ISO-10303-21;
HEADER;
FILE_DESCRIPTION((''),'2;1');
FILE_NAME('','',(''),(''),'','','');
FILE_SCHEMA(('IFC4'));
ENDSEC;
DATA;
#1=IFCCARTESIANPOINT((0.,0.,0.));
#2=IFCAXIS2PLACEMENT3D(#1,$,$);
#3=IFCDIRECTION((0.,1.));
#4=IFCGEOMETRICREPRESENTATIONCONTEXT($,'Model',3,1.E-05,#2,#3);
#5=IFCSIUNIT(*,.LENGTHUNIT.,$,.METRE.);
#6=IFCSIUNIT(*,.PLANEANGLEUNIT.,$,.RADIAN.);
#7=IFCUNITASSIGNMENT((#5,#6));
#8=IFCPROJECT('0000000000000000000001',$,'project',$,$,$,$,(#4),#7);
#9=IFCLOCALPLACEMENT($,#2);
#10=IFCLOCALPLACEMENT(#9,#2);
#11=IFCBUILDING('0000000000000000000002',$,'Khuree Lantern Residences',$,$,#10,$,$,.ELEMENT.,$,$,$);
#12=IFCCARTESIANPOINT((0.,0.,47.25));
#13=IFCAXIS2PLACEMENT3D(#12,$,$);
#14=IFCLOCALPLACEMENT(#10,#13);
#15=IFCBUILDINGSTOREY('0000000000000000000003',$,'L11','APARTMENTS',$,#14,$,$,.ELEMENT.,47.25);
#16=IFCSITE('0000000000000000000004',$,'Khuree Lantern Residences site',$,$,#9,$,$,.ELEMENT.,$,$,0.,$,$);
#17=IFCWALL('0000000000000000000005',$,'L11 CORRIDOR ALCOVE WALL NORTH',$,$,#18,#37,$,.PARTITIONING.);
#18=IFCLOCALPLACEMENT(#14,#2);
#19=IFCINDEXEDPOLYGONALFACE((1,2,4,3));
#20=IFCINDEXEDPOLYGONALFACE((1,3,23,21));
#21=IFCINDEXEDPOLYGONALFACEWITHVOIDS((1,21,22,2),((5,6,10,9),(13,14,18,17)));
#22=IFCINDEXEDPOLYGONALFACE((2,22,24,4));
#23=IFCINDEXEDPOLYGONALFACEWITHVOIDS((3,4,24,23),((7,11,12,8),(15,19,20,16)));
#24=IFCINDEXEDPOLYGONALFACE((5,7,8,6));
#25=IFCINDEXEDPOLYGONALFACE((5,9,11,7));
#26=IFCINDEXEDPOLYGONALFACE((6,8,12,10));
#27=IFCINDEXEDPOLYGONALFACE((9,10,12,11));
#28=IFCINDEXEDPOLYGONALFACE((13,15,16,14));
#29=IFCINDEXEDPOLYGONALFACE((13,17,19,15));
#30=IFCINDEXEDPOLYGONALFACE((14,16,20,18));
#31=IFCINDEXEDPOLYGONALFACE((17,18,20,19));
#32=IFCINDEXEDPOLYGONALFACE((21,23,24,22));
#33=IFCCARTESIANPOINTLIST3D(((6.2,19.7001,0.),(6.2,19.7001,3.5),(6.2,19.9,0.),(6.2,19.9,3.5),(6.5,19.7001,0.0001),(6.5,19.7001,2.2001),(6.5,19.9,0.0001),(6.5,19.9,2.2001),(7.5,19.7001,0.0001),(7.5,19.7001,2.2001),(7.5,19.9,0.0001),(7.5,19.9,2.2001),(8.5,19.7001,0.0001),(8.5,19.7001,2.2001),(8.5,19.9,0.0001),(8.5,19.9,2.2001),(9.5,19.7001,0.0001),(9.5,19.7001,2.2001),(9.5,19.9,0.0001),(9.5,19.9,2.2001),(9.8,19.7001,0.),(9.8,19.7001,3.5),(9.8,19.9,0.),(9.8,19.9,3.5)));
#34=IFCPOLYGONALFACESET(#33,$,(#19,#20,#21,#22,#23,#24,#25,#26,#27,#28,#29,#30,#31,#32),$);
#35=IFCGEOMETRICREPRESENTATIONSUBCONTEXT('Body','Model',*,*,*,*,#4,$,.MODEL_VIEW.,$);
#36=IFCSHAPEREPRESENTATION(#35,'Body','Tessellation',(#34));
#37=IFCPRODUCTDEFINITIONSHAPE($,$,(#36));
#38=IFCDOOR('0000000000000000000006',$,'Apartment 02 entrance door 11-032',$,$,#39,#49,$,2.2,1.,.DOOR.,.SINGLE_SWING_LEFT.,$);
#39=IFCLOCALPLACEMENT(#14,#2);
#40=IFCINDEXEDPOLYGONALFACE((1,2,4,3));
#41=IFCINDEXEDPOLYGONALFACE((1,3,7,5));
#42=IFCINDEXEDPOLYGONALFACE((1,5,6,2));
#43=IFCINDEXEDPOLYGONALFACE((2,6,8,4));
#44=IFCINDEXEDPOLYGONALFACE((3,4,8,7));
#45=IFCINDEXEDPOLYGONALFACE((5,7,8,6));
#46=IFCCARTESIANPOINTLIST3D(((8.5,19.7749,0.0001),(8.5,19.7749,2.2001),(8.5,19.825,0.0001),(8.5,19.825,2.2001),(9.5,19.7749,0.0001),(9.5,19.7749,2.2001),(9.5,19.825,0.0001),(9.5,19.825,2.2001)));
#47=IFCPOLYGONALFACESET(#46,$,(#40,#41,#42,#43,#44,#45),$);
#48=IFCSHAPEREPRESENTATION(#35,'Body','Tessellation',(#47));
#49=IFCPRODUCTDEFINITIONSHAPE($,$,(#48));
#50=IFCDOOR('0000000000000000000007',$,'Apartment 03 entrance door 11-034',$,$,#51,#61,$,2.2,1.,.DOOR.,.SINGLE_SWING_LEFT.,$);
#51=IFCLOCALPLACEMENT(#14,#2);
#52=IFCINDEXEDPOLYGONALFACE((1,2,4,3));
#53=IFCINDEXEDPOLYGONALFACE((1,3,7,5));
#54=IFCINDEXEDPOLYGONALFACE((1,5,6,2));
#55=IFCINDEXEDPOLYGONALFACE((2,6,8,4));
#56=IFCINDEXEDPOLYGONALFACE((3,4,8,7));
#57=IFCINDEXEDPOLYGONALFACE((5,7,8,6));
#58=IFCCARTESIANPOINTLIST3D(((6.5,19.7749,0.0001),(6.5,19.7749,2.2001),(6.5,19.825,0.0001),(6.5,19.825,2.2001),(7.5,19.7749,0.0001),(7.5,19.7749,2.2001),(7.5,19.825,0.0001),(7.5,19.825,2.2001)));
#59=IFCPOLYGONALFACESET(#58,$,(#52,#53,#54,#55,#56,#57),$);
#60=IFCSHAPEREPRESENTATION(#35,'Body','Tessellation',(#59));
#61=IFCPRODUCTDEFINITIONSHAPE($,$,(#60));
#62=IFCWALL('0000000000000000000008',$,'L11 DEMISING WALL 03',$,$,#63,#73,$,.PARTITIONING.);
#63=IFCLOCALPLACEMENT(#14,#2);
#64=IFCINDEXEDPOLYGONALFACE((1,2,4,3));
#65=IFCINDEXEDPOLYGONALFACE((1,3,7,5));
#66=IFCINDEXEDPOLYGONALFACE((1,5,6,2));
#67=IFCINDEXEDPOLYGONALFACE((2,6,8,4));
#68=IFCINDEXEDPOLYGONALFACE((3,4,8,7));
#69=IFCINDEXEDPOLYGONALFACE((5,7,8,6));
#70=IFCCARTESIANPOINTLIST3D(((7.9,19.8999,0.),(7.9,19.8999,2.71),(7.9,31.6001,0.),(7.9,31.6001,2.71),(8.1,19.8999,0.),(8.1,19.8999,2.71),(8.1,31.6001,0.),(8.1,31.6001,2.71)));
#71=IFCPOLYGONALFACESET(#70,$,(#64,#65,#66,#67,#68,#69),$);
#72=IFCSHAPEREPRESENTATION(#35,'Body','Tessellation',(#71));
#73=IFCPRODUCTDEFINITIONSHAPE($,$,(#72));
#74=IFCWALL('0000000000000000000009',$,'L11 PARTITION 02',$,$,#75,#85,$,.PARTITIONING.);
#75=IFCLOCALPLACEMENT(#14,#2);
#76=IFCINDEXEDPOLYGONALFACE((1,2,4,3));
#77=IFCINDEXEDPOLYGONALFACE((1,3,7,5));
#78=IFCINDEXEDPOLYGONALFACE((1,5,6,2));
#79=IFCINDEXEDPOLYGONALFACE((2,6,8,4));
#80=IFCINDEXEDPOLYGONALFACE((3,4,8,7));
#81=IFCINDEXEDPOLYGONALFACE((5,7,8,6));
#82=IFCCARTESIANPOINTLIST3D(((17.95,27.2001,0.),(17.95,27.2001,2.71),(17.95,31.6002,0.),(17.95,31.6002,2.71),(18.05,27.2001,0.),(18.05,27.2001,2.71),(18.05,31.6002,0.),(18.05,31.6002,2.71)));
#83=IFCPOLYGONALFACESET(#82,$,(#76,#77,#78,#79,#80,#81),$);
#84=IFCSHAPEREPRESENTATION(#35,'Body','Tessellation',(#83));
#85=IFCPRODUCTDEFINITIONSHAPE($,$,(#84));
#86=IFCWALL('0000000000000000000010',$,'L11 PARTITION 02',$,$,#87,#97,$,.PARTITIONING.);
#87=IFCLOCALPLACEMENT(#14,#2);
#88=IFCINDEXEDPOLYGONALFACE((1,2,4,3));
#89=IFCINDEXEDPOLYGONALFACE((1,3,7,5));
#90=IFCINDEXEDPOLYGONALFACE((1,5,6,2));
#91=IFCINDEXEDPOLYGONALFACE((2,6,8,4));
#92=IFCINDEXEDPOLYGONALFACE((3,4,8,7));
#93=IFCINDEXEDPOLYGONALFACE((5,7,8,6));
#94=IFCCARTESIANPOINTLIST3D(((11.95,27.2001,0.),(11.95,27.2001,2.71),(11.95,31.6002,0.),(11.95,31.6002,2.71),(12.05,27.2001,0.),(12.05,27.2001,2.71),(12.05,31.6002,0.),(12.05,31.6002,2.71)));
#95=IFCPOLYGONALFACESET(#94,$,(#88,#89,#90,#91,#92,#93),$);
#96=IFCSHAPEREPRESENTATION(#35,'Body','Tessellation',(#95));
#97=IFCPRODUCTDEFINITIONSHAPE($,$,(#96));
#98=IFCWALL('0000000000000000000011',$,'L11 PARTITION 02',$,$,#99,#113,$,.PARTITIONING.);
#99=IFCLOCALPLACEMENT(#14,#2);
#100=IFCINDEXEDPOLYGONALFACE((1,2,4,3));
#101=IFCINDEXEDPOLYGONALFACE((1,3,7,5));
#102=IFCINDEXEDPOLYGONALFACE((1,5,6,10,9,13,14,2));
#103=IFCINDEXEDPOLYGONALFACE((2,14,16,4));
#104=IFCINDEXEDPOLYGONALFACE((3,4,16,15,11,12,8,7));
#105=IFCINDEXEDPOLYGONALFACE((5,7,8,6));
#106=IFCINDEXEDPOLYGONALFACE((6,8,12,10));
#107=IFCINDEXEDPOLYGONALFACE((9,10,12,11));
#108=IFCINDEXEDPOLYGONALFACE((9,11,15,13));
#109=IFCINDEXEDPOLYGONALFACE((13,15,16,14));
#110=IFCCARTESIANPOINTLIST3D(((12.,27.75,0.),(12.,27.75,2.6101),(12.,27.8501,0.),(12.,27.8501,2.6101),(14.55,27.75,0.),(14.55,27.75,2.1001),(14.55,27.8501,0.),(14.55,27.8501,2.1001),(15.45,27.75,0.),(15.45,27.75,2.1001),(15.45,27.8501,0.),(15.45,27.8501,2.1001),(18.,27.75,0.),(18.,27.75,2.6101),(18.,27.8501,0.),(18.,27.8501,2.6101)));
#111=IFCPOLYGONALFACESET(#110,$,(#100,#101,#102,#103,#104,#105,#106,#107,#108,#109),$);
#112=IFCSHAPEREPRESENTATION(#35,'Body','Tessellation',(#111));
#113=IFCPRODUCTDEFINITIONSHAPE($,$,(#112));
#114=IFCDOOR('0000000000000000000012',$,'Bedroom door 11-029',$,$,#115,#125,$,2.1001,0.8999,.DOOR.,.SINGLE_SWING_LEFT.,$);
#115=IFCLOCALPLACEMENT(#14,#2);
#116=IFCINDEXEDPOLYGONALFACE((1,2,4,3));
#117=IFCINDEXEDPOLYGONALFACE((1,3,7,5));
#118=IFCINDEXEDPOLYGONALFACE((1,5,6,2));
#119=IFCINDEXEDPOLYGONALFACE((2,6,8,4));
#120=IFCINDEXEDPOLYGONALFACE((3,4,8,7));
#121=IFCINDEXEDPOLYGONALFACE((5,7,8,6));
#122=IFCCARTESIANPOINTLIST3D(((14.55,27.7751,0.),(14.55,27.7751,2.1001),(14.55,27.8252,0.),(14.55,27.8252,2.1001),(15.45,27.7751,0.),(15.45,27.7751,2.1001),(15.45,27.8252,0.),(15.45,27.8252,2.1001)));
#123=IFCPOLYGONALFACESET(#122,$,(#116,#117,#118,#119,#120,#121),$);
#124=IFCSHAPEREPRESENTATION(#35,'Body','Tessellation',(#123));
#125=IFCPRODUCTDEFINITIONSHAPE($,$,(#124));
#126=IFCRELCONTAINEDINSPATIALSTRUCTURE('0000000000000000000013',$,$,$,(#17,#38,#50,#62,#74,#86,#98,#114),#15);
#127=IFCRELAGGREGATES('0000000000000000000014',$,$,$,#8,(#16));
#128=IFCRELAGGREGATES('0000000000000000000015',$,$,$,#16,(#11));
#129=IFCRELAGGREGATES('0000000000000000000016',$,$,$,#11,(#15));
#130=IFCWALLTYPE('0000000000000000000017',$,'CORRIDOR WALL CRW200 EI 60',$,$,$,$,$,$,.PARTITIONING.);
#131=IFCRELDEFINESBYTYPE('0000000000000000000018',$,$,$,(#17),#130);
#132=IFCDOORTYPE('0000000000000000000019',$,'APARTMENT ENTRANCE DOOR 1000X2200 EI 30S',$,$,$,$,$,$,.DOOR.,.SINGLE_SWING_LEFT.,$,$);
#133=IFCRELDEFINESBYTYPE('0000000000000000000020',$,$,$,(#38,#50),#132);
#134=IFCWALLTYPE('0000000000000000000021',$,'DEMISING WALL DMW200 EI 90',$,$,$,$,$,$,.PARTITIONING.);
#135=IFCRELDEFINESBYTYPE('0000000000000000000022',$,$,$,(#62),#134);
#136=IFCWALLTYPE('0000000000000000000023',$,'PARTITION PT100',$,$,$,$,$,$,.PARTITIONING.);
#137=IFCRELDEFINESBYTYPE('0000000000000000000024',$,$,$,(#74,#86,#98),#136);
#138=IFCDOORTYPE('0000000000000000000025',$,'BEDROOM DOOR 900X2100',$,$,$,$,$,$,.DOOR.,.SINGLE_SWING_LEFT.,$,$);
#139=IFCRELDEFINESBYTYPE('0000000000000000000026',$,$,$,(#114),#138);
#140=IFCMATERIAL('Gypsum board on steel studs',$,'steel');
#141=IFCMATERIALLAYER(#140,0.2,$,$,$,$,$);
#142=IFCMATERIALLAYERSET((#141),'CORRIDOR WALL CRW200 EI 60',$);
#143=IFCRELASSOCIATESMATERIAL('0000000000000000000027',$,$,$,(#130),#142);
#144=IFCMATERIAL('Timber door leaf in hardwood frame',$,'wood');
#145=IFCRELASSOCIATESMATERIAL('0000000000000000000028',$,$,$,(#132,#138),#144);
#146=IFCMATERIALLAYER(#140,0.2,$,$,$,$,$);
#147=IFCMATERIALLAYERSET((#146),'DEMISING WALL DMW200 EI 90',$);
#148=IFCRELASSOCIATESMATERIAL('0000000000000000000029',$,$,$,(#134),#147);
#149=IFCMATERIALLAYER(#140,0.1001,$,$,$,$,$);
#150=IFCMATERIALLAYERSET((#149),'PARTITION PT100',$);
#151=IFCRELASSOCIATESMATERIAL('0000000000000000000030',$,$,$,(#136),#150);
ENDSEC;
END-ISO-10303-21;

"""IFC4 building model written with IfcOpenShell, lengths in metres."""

from ifc_helpers import new_model, si_unit, direction, frame, frame_2d, origin, place, context, subcontext, project, spatial, rectangle, extrude, material, layer, layer_set, type_object, element, fill, save


model = new_model("IFC4")

# Units and contexts
model_context = context("Model", 3, precision=1e-05, world=origin(), true_north=direction((0.0, 1.0)))
body_context = subcontext(model_context, "Body", "Model", "MODEL_VIEW")
ifc_project = project(units=[si_unit("LENGTHUNIT", "METRE"), si_unit("PLANEANGLEUNIT", "RADIAN")], contexts=[model_context])

# Site, building, storey
site_placement = place(None, origin())
site = spatial("IfcSite", under=ifc_project, at=site_placement, Name="Khuree Lantern Residences site", CompositionType="ELEMENT", RefElevation=0.0)
building_placement = place(site_placement, origin())
building = spatial("IfcBuilding", under=site, at=building_placement, Name="Khuree Lantern Residences", CompositionType="ELEMENT")
storey_placement = place(building_placement, frame((0.0, 0.0, 47.25)))
storey = spatial("IfcBuildingStorey", under=building, at=storey_placement, Name="L11", Description="APARTMENTS", CompositionType="ELEMENT", Elevation=47.25)

# Shared definitions
ifc_material_1 = material(Name="Timber door leaf in hardwood frame", Category="wood")

# Wall, openings, doors
ifc_material_2 = material(Name="Gypsum board on steel studs", Category="steel")
ifc_layer_1 = layer(ifc_material_2, 0.2)
ifc_layer_set_1 = layer_set([ifc_layer_1], Name="CORRIDOR WALL CRW200 EI 60")
wall_type_1 = type_object("IfcWallType", Name="CORRIDOR WALL CRW200 EI 60", PredefinedType="PARTITIONING", material=ifc_layer_set_1)
wall_1_placement = place(storey_placement, frame((6.2, 19.8, 0.0), z_axis=(0.0, 0.0, 1.0), x_axis=(1.0, 0.0, 0.0)))
wall_1 = element("IfcWall", 1, at=wall_1_placement, inside=storey, type_object=wall_type_1, Name="L11 CORRIDOR ALCOVE WALL NORTH", PredefinedType="PARTITIONING", context=body_context, shape_type="SweptSolid", body=[
    extrude(rectangle(XDim=3.6001, YDim=0.2, at=frame_2d((1.8, 0.0))), origin(), (0.0, 0.0, 1.0), 3.5),
])
opening_1_placement = place(wall_1_placement, frame((2.3, 0.0, 0.0)))
opening_1 = element("IfcOpeningElement", 2, at=opening_1_placement, cuts=wall_1, PredefinedType="OPENING", context=body_context, shape_type="SweptSolid", body=[
    extrude(rectangle(XDim=1.0, YDim=2.2, at=frame_2d((0.5, 1.1001))), frame((0.0, 0.1099, 0.0), z_axis=(0.0, -1.0, 0.0), x_axis=(1.0, 0.0, 0.0)), (0.0, 0.0, 1.0), 0.22),
])
opening_2_placement = place(wall_1_placement, frame((0.3, 0.0, 0.0)))
opening_2 = element("IfcOpeningElement", 3, at=opening_2_placement, cuts=wall_1, PredefinedType="OPENING", context=body_context, shape_type="SweptSolid", body=[
    extrude(rectangle(XDim=1.0, YDim=2.2, at=frame_2d((0.5, 1.1001))), frame((0.0, 0.1099, 0.0), z_axis=(0.0, -1.0, 0.0), x_axis=(1.0, 0.0, 0.0)), (0.0, 0.0, 1.0), 0.22),
])
door_type_1 = type_object("IfcDoorType", Name="APARTMENT ENTRANCE DOOR 1000X2200 EI 30S", OperationType="SINGLE_SWING_LEFT", PredefinedType="DOOR", material=ifc_material_1)
door_1_placement = place(opening_1_placement, origin())
door_1 = element("IfcDoor", 4, at=door_1_placement, inside=storey, type_object=door_type_1, Name="Apartment 02 entrance door 11-032", OperationType="SINGLE_SWING_LEFT", OverallHeight=2.2, OverallWidth=1.0, PredefinedType="DOOR", context=body_context, shape_type="SweptSolid", body=[
    extrude(rectangle(XDim=1.0, YDim=2.2, at=frame_2d((0.5, 1.1001))), frame((0.0, 0.0249, 0.0), z_axis=(0.0, -1.0, 0.0), x_axis=(1.0, 0.0, 0.0)), (0.0, 0.0, 1.0), 0.05),
])
fill(opening_1, door_1)
door_2_placement = place(opening_2_placement, origin())
door_2 = element("IfcDoor", 5, at=door_2_placement, inside=storey, type_object=door_type_1, Name="Apartment 03 entrance door 11-034", OperationType="SINGLE_SWING_LEFT", OverallHeight=2.2, OverallWidth=1.0, PredefinedType="DOOR", context=body_context, shape_type="SweptSolid", body=[
    extrude(rectangle(XDim=1.0, YDim=2.2, at=frame_2d((0.5, 1.1001))), frame((0.0, 0.0249, 0.0), z_axis=(0.0, -1.0, 0.0), x_axis=(1.0, 0.0, 0.0)), (0.0, 0.0, 1.0), 0.05),
])
fill(opening_2, door_2)

# Walls
ifc_layer_2 = layer(ifc_material_2, 0.2)
ifc_layer_set_2 = layer_set([ifc_layer_2], Name="DEMISING WALL DMW200 EI 90")
wall_type_2 = type_object("IfcWallType", Name="DEMISING WALL DMW200 EI 90", PredefinedType="PARTITIONING", material=ifc_layer_set_2)
wall_2_placement = place(storey_placement, frame((8.0, 19.8999, 0.0), z_axis=(0.0, 0.0, 1.0), x_axis=(0.0, 1.0, 0.0)))
element("IfcWall", 6, at=wall_2_placement, inside=storey, type_object=wall_type_2, Name="L11 DEMISING WALL 03", PredefinedType="PARTITIONING", context=body_context, shape_type="SweptSolid", body=[
    extrude(rectangle(XDim=11.7002, YDim=0.2, at=frame_2d((5.8501, 0.0))), origin(), (0.0, 0.0, 1.0), 2.71),
])
ifc_layer_3 = layer(ifc_material_2, 0.1001)
ifc_layer_set_3 = layer_set([ifc_layer_3], Name="PARTITION PT100")
wall_type_3 = type_object("IfcWallType", Name="PARTITION PT100", PredefinedType="PARTITIONING", material=ifc_layer_set_3)
for number, where, z_axis, x_axis, name in (
    (7, (18.0, 27.2, 0.0), (0.0, 0.0, 1.0), (0.0, 1.0, 0.0), "L11 PARTITION 02"),
    (8, (12.0, 27.2, 0.0), (0.0, 0.0, 1.0), (0.0, 1.0, 0.0), "L11 PARTITION 02"),
):
    element("IfcWall", number, at=place(storey_placement, frame(where, z_axis=z_axis, x_axis=x_axis)), inside=storey, type_object=wall_type_3, Name=name, PredefinedType="PARTITIONING", context=body_context, shape_type="SweptSolid", body=[
        extrude(rectangle(XDim=4.4001, YDim=0.1001, at=frame_2d((2.2002, 0.0))), origin(), (0.0, 0.0, 1.0), 2.71),
    ])

# Wall, opening, door
wall_3_placement = place(storey_placement, frame((18.0, 27.8, 0.0), z_axis=(0.0, 0.0, 1.0), x_axis=(-1.0, 0.0, 0.0)))
wall_3 = element("IfcWall", 9, at=wall_3_placement, inside=storey, type_object=wall_type_3, Name="L11 PARTITION 02", PredefinedType="PARTITIONING", context=body_context, shape_type="SweptSolid", body=[
    extrude(rectangle(XDim=6.0, YDim=0.1001, at=frame_2d((3.0, 0.0))), origin(), (0.0, 0.0, 1.0), 2.6101),
])
opening_3_placement = place(wall_3_placement, frame((2.55, 0.0, 0.0)))
opening_3 = element("IfcOpeningElement", 10, at=opening_3_placement, cuts=wall_3, PredefinedType="OPENING", context=body_context, shape_type="SweptSolid", body=[
    extrude(rectangle(XDim=0.8999, YDim=2.1001, at=frame_2d((0.45, 1.05))), frame((0.0, 0.0601, 0.0), z_axis=(0.0, -1.0, 0.0), x_axis=(1.0, 0.0, 0.0)), (0.0, 0.0, 1.0), 0.1201),
])
door_type_2 = type_object("IfcDoorType", Name="BEDROOM DOOR 900X2100", OperationType="SINGLE_SWING_LEFT", PredefinedType="DOOR", material=ifc_material_1)
door_3_placement = place(opening_3_placement, origin())
door_3 = element("IfcDoor", 11, at=door_3_placement, inside=storey, type_object=door_type_2, Name="Bedroom door 11-029", OperationType="SINGLE_SWING_LEFT", OverallHeight=2.1001, OverallWidth=0.8999, PredefinedType="DOOR", context=body_context, shape_type="SweptSolid", body=[
    extrude(rectangle(XDim=0.8999, YDim=2.1001, at=frame_2d((0.45, 1.05))), frame((0.0, 0.0249, 0.0), z_axis=(0.0, -1.0, 0.0), x_axis=(1.0, 0.0, 0.0)), (0.0, 0.0, 1.0), 0.05),
])
fill(opening_3, door_3)

save(model, "model.ifc")
